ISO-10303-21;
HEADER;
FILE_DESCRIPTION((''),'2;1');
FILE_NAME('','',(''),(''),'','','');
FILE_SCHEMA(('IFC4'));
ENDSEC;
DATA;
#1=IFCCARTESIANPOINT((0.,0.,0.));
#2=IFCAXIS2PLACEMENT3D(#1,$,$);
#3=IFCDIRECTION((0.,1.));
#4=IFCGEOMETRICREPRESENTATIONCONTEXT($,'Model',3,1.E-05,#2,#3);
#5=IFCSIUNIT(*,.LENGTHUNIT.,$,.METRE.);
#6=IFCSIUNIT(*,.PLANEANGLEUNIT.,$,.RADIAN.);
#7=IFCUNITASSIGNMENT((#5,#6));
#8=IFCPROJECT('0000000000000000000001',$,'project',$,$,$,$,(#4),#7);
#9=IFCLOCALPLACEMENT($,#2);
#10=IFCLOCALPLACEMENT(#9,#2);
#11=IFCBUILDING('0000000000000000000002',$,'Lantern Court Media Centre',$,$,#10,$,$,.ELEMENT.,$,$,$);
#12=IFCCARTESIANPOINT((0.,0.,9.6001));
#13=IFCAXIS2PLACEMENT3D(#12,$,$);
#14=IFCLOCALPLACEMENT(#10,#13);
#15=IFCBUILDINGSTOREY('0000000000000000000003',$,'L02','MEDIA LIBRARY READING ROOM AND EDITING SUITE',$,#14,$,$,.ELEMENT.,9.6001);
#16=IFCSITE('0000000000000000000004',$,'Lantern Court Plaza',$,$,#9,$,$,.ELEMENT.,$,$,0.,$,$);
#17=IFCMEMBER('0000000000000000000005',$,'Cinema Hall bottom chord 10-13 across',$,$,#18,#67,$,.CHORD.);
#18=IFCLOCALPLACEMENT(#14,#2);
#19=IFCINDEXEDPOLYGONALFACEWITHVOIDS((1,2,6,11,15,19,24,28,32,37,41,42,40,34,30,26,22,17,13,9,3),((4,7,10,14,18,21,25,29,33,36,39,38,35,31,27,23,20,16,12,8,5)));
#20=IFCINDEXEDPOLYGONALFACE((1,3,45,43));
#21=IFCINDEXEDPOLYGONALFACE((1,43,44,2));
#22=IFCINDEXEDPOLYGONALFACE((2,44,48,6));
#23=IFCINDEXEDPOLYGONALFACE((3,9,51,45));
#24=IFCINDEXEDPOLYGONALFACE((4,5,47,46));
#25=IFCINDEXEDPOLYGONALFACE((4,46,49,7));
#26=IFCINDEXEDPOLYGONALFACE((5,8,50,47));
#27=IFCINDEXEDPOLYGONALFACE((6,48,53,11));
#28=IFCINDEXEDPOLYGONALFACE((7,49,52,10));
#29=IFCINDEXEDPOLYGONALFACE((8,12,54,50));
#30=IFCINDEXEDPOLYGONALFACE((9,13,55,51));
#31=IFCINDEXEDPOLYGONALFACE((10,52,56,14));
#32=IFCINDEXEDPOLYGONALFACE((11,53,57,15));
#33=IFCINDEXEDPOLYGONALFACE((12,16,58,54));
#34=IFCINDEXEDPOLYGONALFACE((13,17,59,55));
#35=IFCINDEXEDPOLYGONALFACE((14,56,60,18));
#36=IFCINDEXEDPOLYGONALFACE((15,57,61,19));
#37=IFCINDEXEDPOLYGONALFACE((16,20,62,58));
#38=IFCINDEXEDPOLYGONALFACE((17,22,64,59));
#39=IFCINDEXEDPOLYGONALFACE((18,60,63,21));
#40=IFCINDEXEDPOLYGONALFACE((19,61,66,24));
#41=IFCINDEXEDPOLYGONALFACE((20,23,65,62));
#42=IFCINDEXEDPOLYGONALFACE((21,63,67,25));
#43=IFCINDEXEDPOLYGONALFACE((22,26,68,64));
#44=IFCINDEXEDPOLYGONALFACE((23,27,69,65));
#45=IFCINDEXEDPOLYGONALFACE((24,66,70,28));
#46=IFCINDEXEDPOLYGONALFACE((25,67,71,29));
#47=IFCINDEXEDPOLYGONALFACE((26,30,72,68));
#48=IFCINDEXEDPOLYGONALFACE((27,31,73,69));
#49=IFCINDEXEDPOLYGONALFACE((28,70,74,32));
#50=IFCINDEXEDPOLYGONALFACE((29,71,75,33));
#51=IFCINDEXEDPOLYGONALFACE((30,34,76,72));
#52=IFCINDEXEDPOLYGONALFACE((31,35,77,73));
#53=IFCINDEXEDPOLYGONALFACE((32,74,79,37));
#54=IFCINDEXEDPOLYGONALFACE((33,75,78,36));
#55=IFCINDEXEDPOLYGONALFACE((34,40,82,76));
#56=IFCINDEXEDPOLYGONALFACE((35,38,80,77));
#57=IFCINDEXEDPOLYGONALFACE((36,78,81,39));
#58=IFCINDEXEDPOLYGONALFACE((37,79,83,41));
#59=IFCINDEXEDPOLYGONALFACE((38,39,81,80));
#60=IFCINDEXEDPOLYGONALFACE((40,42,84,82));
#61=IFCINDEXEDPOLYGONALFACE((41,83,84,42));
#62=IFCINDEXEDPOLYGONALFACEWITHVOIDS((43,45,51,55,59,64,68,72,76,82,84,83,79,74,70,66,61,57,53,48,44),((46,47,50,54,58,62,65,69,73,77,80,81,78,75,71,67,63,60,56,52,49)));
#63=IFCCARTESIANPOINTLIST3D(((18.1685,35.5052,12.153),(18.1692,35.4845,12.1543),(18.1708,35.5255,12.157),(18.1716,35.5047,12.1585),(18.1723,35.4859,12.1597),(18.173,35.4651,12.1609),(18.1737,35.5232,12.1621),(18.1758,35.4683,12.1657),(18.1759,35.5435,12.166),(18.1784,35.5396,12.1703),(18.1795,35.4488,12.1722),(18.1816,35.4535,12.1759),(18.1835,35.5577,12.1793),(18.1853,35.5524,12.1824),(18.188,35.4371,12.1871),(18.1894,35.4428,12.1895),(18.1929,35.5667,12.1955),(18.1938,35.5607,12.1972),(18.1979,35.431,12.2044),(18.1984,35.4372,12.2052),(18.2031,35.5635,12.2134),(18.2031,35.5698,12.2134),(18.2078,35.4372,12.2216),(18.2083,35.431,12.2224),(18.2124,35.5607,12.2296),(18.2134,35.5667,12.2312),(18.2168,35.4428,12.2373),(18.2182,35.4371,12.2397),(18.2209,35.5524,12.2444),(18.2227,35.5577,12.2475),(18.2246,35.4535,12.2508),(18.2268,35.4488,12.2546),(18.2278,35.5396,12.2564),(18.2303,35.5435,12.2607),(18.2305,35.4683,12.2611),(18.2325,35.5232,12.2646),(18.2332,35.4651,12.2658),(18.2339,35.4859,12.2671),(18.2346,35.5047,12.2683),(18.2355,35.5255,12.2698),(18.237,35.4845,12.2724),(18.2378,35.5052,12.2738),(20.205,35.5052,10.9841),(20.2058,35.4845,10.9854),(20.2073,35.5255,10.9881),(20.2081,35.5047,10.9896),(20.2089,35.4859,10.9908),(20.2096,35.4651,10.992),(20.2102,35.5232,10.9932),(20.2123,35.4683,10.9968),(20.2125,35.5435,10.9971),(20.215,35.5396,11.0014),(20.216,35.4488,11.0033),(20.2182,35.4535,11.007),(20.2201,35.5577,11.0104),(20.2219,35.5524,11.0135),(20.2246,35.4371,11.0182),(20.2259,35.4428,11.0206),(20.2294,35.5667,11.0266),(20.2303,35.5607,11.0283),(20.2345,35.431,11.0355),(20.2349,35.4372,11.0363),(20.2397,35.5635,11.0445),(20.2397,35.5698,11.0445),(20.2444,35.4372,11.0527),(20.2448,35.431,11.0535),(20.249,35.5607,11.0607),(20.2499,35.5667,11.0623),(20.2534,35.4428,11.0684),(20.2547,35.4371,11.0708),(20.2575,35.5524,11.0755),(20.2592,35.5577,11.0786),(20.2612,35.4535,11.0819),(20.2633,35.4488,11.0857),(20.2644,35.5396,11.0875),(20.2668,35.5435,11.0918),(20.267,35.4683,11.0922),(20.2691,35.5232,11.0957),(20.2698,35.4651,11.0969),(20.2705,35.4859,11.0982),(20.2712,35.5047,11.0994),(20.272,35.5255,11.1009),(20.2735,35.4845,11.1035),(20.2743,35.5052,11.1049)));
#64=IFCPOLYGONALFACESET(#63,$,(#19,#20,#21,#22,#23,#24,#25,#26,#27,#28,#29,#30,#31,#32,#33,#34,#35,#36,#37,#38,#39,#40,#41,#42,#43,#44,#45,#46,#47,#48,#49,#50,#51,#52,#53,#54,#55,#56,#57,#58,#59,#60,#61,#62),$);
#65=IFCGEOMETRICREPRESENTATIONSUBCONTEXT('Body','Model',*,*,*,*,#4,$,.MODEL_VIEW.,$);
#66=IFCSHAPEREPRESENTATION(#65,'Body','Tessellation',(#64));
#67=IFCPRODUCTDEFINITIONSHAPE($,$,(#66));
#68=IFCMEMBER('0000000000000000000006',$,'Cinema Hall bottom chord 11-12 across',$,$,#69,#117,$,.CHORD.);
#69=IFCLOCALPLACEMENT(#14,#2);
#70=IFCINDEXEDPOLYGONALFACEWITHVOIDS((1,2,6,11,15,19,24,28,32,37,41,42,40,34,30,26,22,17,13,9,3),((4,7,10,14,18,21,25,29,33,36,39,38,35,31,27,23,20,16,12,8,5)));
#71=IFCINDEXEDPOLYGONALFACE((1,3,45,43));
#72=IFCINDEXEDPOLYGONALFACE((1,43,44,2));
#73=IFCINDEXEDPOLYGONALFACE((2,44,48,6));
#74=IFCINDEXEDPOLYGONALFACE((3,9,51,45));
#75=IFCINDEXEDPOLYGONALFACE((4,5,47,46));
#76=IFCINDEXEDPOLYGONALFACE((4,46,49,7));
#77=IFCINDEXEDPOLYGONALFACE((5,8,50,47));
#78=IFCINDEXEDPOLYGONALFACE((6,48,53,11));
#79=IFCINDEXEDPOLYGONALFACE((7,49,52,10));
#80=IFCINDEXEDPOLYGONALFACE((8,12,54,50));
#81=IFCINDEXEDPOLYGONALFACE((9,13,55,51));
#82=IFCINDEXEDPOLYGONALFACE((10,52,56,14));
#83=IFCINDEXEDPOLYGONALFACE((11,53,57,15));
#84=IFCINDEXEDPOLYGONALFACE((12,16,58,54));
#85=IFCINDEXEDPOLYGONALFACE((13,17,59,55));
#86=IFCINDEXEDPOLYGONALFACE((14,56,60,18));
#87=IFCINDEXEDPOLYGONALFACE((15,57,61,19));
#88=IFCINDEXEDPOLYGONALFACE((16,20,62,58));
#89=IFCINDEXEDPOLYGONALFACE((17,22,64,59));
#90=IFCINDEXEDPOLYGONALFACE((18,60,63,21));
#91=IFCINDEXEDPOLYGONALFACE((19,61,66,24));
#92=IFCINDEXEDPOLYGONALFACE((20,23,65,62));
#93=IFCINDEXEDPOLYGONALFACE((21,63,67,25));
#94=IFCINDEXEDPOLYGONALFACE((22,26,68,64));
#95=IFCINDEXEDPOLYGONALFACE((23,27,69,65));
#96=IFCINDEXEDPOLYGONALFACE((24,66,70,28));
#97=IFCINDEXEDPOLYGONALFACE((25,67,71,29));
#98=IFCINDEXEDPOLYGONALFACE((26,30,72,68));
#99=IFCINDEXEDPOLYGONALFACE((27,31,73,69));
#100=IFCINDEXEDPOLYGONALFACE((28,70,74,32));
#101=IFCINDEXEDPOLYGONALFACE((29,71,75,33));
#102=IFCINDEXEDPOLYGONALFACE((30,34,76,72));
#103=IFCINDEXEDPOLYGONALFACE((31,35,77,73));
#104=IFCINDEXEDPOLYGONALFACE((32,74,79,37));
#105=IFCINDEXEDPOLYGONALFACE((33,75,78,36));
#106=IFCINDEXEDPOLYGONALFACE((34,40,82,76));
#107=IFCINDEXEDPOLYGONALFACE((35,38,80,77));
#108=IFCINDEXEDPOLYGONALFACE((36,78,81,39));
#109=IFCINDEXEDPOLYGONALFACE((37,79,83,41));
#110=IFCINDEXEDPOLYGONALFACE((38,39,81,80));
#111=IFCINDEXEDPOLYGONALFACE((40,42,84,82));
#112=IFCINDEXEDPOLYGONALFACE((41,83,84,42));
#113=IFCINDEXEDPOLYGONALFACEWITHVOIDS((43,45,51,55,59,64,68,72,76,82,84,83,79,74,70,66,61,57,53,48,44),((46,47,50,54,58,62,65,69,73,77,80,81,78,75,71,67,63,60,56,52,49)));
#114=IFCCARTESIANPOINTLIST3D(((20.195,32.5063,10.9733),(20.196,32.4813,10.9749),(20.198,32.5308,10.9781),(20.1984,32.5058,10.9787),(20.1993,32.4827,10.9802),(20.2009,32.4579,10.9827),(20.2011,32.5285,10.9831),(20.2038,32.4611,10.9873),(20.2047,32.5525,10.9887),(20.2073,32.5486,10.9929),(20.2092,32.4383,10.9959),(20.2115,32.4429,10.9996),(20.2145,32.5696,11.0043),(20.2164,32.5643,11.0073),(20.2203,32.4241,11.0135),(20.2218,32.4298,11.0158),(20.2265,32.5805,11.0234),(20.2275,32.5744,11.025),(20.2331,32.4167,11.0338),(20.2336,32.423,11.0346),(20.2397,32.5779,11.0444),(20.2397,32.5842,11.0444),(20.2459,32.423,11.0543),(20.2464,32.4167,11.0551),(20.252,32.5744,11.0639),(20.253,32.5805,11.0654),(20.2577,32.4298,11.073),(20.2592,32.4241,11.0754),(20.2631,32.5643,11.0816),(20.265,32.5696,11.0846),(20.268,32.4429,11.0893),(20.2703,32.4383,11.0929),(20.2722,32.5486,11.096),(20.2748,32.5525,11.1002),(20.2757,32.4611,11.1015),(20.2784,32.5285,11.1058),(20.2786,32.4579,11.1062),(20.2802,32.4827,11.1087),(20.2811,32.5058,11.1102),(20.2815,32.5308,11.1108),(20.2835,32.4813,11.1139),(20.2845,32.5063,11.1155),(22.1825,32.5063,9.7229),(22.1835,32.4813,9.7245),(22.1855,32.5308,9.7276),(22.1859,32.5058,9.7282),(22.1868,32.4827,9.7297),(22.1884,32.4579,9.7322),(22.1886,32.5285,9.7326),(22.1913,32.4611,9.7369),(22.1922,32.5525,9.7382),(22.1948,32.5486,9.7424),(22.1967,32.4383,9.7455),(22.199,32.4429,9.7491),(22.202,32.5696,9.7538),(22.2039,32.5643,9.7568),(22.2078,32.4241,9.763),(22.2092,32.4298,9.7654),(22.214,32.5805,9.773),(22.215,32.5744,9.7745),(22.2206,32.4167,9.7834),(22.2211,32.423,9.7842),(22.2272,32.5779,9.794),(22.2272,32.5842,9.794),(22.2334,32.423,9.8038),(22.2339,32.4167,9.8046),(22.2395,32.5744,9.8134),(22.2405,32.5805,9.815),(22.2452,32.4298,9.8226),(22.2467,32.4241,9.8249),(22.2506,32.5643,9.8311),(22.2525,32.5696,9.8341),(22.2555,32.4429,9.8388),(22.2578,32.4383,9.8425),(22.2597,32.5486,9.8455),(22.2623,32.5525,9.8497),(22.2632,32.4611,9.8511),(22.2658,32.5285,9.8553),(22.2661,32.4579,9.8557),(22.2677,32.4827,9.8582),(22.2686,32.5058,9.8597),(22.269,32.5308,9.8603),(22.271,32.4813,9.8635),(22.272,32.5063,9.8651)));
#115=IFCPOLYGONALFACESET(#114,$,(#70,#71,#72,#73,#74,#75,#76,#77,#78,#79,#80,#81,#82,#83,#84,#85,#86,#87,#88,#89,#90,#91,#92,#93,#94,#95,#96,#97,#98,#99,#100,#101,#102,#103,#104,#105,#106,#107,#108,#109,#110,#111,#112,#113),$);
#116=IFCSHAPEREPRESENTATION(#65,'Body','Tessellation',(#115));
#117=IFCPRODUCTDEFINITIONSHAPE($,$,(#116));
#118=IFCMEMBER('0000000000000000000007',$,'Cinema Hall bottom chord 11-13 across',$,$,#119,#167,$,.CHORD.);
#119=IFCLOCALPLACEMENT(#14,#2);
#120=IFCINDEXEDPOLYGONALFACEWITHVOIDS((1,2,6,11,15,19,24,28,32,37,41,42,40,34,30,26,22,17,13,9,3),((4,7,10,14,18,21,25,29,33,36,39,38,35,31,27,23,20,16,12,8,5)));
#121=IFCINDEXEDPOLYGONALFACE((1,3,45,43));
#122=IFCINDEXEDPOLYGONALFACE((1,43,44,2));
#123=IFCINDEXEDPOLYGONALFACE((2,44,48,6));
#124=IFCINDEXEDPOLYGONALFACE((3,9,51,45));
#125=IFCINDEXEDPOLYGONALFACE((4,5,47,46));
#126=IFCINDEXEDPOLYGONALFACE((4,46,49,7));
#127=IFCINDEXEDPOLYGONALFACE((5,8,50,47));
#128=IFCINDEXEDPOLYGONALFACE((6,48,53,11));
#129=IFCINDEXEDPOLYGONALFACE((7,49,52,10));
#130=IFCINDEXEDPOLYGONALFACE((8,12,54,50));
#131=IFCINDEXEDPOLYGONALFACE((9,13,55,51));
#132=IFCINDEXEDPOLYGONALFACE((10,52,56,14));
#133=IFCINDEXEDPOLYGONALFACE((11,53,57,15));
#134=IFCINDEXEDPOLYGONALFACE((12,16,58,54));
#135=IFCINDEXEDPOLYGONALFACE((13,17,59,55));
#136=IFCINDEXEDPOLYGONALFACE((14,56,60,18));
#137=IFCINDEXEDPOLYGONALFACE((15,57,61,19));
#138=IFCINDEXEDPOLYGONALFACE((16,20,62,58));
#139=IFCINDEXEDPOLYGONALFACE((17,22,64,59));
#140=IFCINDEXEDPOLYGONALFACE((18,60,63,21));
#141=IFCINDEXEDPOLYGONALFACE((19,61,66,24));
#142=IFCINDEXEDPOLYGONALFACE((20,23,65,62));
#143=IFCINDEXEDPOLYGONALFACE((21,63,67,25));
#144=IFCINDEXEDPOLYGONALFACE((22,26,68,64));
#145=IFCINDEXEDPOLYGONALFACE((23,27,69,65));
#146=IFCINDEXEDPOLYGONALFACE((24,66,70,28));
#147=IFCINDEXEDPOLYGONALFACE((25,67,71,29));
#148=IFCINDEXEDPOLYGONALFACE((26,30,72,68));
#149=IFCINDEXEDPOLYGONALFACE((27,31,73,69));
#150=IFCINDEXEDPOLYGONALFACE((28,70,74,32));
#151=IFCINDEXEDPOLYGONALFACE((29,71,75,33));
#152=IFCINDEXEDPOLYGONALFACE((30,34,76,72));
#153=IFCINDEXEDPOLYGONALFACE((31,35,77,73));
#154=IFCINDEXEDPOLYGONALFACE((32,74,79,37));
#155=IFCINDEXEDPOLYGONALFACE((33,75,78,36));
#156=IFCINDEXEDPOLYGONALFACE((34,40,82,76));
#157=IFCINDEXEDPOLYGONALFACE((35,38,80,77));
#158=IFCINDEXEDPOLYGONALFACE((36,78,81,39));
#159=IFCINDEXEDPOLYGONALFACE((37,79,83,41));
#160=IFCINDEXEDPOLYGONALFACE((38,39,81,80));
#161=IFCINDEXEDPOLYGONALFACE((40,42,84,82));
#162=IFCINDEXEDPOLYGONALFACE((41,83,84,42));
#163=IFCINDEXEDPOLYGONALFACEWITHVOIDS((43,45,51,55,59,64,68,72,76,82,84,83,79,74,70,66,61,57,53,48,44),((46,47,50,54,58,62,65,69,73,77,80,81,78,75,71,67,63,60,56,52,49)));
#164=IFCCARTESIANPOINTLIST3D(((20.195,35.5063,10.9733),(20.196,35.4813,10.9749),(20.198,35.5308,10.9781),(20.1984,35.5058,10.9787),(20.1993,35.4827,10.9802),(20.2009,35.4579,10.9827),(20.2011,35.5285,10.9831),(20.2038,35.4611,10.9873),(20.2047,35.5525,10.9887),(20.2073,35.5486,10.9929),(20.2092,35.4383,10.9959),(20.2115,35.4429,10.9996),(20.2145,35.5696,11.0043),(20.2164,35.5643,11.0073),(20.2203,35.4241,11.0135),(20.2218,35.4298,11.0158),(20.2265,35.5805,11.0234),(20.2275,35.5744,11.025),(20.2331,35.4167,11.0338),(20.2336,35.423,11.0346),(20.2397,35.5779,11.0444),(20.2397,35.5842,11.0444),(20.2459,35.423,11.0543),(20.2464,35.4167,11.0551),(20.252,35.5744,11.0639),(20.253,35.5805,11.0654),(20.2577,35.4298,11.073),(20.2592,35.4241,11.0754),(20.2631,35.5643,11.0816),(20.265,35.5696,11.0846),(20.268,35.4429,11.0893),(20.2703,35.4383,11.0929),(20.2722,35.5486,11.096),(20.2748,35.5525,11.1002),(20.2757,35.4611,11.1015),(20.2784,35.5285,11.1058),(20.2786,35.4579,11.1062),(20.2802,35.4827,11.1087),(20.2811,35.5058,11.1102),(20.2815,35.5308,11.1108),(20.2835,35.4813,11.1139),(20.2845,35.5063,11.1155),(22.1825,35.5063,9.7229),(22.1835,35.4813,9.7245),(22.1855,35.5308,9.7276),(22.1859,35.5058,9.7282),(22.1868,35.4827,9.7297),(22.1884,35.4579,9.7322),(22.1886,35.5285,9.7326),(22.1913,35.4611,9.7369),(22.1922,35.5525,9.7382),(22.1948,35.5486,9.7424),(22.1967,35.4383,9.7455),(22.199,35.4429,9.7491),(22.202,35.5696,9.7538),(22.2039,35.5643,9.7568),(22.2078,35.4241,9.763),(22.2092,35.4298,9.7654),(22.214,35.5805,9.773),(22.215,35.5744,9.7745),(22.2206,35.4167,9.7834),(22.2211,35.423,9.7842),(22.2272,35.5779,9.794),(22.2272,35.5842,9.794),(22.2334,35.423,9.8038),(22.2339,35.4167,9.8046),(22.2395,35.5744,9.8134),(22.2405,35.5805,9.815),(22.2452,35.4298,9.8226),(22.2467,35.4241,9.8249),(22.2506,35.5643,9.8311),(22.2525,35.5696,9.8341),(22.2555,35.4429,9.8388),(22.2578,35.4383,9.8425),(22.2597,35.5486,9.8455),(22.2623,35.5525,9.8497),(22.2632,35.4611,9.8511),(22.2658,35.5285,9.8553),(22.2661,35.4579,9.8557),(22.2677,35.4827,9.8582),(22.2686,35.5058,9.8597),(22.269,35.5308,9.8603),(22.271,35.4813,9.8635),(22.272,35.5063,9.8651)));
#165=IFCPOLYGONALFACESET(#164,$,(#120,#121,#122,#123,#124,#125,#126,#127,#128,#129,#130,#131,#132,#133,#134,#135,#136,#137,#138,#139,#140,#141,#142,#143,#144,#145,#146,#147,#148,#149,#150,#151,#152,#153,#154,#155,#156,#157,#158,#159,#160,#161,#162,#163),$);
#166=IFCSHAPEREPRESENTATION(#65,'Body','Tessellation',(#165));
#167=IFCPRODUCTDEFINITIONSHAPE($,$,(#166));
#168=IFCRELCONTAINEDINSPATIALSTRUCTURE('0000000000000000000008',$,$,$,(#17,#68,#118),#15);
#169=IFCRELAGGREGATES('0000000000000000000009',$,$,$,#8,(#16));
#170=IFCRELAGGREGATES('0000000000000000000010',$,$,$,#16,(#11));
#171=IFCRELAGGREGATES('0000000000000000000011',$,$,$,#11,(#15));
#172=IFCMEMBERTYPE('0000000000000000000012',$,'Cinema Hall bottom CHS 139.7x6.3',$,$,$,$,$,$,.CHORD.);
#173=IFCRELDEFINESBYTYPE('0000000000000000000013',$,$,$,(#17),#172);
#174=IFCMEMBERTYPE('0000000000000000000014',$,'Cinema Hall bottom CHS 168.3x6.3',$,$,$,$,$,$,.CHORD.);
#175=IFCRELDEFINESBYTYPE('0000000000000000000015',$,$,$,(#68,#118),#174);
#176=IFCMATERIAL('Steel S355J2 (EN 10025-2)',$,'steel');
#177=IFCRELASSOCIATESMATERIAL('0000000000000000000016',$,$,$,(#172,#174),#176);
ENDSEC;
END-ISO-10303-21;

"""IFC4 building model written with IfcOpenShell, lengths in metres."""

from ifc_helpers import new_model, si_unit, direction, frame, origin, origin_2d, place, context, subcontext, project, spatial, hollow_circle, extrude, material, material_profile, profile_set, type_object, element, save


model = new_model("IFC4")

# Units and contexts
model_context = context("Model", 3, precision=1e-05, world=origin(), true_north=direction((0.0, 1.0)))
body_context = subcontext(model_context, "Body", "Model", "MODEL_VIEW")
ifc_project = project(units=[si_unit("LENGTHUNIT", "METRE"), si_unit("PLANEANGLEUNIT", "RADIAN")], contexts=[model_context])

# Site, building, storey
site_placement = place(None, origin())
site = spatial("IfcSite", under=ifc_project, at=site_placement, Name="Lantern Court Plaza", CompositionType="ELEMENT", RefElevation=0.0)
building_placement = place(site_placement, origin())
building = spatial("IfcBuilding", under=site, at=building_placement, Name="Lantern Court Media Centre", CompositionType="ELEMENT")
storey_placement = place(building_placement, frame((0.0, 0.0, 9.6001)))
storey = spatial("IfcBuildingStorey", under=building, at=storey_placement, Name="L02", Description="MEDIA LIBRARY READING ROOM AND EDITING SUITE", CompositionType="ELEMENT", Elevation=9.6001)

# Members
ifc_material = material(Name="Steel S355J2 (EN 10025-2)", Category="steel")
ifc_material_profile_1 = material_profile(ifc_material, hollow_circle(Radius=0.0698, WallThickness=0.0063, at=origin_2d()), Name="Cinema Hall bottom CHS 139.7x6.3")
ifc_profile_set_1 = profile_set([ifc_material_profile_1], Name="Steel S355J2 (EN 10025-2)")
member_type_1 = type_object("IfcMemberType", Name="Cinema Hall bottom CHS 139.7x6.3", PredefinedType="CHORD", material=ifc_profile_set_1)
member_1_placement = place(storey_placement, frame((18.2031, 35.5, 12.2134), z_axis=(0.867295, 0.0, -0.497795), x_axis=(0.0, 1.0, 0.0)))
element("IfcMember", 1, at=member_1_placement, inside=storey, type_object=member_type_1, Name="Cinema Hall bottom chord 10-13 across", PredefinedType="CHORD", context=body_context, shape_type="SweptSolid", body=[
    extrude(hollow_circle(Radius=0.0698, WallThickness=0.0063, at=origin_2d()), origin(), (0.0, 0.0, 1.0), 2.3481),
])
ifc_material_profile_2 = material_profile(ifc_material, hollow_circle(Radius=0.0842, WallThickness=0.0063, at=origin_2d()), Name="Cinema Hall bottom CHS 168.3x6.3")
ifc_profile_set_2 = profile_set([ifc_material_profile_2], Name="Steel S355J2 (EN 10025-2)")
member_type_2 = type_object("IfcMemberType", Name="Cinema Hall bottom CHS 168.3x6.3", PredefinedType="CHORD", material=ifc_profile_set_2)
for number, where, z_axis, x_axis, name in (
    (2, (20.2397, 32.5, 11.0444), (0.846412, 0.0, -0.532529), (0.0, 1.0, 0.0), "Cinema Hall bottom chord 11-12 across"),
    (3, (20.2397, 35.5, 11.0444), (0.846412, 0.0, -0.532529), (0.0, 1.0, 0.0), "Cinema Hall bottom chord 11-13 across"),
):
    element("IfcMember", number, at=place(storey_placement, frame(where, z_axis=z_axis, x_axis=x_axis)), inside=storey, type_object=member_type_2, Name=name, PredefinedType="CHORD", context=body_context, shape_type="SweptSolid", body=[
        extrude(hollow_circle(Radius=0.0842, WallThickness=0.0063, at=origin_2d()), origin(), (0.0, 0.0, 1.0), 2.3481),
    ])

save(model, "model.ifc")
